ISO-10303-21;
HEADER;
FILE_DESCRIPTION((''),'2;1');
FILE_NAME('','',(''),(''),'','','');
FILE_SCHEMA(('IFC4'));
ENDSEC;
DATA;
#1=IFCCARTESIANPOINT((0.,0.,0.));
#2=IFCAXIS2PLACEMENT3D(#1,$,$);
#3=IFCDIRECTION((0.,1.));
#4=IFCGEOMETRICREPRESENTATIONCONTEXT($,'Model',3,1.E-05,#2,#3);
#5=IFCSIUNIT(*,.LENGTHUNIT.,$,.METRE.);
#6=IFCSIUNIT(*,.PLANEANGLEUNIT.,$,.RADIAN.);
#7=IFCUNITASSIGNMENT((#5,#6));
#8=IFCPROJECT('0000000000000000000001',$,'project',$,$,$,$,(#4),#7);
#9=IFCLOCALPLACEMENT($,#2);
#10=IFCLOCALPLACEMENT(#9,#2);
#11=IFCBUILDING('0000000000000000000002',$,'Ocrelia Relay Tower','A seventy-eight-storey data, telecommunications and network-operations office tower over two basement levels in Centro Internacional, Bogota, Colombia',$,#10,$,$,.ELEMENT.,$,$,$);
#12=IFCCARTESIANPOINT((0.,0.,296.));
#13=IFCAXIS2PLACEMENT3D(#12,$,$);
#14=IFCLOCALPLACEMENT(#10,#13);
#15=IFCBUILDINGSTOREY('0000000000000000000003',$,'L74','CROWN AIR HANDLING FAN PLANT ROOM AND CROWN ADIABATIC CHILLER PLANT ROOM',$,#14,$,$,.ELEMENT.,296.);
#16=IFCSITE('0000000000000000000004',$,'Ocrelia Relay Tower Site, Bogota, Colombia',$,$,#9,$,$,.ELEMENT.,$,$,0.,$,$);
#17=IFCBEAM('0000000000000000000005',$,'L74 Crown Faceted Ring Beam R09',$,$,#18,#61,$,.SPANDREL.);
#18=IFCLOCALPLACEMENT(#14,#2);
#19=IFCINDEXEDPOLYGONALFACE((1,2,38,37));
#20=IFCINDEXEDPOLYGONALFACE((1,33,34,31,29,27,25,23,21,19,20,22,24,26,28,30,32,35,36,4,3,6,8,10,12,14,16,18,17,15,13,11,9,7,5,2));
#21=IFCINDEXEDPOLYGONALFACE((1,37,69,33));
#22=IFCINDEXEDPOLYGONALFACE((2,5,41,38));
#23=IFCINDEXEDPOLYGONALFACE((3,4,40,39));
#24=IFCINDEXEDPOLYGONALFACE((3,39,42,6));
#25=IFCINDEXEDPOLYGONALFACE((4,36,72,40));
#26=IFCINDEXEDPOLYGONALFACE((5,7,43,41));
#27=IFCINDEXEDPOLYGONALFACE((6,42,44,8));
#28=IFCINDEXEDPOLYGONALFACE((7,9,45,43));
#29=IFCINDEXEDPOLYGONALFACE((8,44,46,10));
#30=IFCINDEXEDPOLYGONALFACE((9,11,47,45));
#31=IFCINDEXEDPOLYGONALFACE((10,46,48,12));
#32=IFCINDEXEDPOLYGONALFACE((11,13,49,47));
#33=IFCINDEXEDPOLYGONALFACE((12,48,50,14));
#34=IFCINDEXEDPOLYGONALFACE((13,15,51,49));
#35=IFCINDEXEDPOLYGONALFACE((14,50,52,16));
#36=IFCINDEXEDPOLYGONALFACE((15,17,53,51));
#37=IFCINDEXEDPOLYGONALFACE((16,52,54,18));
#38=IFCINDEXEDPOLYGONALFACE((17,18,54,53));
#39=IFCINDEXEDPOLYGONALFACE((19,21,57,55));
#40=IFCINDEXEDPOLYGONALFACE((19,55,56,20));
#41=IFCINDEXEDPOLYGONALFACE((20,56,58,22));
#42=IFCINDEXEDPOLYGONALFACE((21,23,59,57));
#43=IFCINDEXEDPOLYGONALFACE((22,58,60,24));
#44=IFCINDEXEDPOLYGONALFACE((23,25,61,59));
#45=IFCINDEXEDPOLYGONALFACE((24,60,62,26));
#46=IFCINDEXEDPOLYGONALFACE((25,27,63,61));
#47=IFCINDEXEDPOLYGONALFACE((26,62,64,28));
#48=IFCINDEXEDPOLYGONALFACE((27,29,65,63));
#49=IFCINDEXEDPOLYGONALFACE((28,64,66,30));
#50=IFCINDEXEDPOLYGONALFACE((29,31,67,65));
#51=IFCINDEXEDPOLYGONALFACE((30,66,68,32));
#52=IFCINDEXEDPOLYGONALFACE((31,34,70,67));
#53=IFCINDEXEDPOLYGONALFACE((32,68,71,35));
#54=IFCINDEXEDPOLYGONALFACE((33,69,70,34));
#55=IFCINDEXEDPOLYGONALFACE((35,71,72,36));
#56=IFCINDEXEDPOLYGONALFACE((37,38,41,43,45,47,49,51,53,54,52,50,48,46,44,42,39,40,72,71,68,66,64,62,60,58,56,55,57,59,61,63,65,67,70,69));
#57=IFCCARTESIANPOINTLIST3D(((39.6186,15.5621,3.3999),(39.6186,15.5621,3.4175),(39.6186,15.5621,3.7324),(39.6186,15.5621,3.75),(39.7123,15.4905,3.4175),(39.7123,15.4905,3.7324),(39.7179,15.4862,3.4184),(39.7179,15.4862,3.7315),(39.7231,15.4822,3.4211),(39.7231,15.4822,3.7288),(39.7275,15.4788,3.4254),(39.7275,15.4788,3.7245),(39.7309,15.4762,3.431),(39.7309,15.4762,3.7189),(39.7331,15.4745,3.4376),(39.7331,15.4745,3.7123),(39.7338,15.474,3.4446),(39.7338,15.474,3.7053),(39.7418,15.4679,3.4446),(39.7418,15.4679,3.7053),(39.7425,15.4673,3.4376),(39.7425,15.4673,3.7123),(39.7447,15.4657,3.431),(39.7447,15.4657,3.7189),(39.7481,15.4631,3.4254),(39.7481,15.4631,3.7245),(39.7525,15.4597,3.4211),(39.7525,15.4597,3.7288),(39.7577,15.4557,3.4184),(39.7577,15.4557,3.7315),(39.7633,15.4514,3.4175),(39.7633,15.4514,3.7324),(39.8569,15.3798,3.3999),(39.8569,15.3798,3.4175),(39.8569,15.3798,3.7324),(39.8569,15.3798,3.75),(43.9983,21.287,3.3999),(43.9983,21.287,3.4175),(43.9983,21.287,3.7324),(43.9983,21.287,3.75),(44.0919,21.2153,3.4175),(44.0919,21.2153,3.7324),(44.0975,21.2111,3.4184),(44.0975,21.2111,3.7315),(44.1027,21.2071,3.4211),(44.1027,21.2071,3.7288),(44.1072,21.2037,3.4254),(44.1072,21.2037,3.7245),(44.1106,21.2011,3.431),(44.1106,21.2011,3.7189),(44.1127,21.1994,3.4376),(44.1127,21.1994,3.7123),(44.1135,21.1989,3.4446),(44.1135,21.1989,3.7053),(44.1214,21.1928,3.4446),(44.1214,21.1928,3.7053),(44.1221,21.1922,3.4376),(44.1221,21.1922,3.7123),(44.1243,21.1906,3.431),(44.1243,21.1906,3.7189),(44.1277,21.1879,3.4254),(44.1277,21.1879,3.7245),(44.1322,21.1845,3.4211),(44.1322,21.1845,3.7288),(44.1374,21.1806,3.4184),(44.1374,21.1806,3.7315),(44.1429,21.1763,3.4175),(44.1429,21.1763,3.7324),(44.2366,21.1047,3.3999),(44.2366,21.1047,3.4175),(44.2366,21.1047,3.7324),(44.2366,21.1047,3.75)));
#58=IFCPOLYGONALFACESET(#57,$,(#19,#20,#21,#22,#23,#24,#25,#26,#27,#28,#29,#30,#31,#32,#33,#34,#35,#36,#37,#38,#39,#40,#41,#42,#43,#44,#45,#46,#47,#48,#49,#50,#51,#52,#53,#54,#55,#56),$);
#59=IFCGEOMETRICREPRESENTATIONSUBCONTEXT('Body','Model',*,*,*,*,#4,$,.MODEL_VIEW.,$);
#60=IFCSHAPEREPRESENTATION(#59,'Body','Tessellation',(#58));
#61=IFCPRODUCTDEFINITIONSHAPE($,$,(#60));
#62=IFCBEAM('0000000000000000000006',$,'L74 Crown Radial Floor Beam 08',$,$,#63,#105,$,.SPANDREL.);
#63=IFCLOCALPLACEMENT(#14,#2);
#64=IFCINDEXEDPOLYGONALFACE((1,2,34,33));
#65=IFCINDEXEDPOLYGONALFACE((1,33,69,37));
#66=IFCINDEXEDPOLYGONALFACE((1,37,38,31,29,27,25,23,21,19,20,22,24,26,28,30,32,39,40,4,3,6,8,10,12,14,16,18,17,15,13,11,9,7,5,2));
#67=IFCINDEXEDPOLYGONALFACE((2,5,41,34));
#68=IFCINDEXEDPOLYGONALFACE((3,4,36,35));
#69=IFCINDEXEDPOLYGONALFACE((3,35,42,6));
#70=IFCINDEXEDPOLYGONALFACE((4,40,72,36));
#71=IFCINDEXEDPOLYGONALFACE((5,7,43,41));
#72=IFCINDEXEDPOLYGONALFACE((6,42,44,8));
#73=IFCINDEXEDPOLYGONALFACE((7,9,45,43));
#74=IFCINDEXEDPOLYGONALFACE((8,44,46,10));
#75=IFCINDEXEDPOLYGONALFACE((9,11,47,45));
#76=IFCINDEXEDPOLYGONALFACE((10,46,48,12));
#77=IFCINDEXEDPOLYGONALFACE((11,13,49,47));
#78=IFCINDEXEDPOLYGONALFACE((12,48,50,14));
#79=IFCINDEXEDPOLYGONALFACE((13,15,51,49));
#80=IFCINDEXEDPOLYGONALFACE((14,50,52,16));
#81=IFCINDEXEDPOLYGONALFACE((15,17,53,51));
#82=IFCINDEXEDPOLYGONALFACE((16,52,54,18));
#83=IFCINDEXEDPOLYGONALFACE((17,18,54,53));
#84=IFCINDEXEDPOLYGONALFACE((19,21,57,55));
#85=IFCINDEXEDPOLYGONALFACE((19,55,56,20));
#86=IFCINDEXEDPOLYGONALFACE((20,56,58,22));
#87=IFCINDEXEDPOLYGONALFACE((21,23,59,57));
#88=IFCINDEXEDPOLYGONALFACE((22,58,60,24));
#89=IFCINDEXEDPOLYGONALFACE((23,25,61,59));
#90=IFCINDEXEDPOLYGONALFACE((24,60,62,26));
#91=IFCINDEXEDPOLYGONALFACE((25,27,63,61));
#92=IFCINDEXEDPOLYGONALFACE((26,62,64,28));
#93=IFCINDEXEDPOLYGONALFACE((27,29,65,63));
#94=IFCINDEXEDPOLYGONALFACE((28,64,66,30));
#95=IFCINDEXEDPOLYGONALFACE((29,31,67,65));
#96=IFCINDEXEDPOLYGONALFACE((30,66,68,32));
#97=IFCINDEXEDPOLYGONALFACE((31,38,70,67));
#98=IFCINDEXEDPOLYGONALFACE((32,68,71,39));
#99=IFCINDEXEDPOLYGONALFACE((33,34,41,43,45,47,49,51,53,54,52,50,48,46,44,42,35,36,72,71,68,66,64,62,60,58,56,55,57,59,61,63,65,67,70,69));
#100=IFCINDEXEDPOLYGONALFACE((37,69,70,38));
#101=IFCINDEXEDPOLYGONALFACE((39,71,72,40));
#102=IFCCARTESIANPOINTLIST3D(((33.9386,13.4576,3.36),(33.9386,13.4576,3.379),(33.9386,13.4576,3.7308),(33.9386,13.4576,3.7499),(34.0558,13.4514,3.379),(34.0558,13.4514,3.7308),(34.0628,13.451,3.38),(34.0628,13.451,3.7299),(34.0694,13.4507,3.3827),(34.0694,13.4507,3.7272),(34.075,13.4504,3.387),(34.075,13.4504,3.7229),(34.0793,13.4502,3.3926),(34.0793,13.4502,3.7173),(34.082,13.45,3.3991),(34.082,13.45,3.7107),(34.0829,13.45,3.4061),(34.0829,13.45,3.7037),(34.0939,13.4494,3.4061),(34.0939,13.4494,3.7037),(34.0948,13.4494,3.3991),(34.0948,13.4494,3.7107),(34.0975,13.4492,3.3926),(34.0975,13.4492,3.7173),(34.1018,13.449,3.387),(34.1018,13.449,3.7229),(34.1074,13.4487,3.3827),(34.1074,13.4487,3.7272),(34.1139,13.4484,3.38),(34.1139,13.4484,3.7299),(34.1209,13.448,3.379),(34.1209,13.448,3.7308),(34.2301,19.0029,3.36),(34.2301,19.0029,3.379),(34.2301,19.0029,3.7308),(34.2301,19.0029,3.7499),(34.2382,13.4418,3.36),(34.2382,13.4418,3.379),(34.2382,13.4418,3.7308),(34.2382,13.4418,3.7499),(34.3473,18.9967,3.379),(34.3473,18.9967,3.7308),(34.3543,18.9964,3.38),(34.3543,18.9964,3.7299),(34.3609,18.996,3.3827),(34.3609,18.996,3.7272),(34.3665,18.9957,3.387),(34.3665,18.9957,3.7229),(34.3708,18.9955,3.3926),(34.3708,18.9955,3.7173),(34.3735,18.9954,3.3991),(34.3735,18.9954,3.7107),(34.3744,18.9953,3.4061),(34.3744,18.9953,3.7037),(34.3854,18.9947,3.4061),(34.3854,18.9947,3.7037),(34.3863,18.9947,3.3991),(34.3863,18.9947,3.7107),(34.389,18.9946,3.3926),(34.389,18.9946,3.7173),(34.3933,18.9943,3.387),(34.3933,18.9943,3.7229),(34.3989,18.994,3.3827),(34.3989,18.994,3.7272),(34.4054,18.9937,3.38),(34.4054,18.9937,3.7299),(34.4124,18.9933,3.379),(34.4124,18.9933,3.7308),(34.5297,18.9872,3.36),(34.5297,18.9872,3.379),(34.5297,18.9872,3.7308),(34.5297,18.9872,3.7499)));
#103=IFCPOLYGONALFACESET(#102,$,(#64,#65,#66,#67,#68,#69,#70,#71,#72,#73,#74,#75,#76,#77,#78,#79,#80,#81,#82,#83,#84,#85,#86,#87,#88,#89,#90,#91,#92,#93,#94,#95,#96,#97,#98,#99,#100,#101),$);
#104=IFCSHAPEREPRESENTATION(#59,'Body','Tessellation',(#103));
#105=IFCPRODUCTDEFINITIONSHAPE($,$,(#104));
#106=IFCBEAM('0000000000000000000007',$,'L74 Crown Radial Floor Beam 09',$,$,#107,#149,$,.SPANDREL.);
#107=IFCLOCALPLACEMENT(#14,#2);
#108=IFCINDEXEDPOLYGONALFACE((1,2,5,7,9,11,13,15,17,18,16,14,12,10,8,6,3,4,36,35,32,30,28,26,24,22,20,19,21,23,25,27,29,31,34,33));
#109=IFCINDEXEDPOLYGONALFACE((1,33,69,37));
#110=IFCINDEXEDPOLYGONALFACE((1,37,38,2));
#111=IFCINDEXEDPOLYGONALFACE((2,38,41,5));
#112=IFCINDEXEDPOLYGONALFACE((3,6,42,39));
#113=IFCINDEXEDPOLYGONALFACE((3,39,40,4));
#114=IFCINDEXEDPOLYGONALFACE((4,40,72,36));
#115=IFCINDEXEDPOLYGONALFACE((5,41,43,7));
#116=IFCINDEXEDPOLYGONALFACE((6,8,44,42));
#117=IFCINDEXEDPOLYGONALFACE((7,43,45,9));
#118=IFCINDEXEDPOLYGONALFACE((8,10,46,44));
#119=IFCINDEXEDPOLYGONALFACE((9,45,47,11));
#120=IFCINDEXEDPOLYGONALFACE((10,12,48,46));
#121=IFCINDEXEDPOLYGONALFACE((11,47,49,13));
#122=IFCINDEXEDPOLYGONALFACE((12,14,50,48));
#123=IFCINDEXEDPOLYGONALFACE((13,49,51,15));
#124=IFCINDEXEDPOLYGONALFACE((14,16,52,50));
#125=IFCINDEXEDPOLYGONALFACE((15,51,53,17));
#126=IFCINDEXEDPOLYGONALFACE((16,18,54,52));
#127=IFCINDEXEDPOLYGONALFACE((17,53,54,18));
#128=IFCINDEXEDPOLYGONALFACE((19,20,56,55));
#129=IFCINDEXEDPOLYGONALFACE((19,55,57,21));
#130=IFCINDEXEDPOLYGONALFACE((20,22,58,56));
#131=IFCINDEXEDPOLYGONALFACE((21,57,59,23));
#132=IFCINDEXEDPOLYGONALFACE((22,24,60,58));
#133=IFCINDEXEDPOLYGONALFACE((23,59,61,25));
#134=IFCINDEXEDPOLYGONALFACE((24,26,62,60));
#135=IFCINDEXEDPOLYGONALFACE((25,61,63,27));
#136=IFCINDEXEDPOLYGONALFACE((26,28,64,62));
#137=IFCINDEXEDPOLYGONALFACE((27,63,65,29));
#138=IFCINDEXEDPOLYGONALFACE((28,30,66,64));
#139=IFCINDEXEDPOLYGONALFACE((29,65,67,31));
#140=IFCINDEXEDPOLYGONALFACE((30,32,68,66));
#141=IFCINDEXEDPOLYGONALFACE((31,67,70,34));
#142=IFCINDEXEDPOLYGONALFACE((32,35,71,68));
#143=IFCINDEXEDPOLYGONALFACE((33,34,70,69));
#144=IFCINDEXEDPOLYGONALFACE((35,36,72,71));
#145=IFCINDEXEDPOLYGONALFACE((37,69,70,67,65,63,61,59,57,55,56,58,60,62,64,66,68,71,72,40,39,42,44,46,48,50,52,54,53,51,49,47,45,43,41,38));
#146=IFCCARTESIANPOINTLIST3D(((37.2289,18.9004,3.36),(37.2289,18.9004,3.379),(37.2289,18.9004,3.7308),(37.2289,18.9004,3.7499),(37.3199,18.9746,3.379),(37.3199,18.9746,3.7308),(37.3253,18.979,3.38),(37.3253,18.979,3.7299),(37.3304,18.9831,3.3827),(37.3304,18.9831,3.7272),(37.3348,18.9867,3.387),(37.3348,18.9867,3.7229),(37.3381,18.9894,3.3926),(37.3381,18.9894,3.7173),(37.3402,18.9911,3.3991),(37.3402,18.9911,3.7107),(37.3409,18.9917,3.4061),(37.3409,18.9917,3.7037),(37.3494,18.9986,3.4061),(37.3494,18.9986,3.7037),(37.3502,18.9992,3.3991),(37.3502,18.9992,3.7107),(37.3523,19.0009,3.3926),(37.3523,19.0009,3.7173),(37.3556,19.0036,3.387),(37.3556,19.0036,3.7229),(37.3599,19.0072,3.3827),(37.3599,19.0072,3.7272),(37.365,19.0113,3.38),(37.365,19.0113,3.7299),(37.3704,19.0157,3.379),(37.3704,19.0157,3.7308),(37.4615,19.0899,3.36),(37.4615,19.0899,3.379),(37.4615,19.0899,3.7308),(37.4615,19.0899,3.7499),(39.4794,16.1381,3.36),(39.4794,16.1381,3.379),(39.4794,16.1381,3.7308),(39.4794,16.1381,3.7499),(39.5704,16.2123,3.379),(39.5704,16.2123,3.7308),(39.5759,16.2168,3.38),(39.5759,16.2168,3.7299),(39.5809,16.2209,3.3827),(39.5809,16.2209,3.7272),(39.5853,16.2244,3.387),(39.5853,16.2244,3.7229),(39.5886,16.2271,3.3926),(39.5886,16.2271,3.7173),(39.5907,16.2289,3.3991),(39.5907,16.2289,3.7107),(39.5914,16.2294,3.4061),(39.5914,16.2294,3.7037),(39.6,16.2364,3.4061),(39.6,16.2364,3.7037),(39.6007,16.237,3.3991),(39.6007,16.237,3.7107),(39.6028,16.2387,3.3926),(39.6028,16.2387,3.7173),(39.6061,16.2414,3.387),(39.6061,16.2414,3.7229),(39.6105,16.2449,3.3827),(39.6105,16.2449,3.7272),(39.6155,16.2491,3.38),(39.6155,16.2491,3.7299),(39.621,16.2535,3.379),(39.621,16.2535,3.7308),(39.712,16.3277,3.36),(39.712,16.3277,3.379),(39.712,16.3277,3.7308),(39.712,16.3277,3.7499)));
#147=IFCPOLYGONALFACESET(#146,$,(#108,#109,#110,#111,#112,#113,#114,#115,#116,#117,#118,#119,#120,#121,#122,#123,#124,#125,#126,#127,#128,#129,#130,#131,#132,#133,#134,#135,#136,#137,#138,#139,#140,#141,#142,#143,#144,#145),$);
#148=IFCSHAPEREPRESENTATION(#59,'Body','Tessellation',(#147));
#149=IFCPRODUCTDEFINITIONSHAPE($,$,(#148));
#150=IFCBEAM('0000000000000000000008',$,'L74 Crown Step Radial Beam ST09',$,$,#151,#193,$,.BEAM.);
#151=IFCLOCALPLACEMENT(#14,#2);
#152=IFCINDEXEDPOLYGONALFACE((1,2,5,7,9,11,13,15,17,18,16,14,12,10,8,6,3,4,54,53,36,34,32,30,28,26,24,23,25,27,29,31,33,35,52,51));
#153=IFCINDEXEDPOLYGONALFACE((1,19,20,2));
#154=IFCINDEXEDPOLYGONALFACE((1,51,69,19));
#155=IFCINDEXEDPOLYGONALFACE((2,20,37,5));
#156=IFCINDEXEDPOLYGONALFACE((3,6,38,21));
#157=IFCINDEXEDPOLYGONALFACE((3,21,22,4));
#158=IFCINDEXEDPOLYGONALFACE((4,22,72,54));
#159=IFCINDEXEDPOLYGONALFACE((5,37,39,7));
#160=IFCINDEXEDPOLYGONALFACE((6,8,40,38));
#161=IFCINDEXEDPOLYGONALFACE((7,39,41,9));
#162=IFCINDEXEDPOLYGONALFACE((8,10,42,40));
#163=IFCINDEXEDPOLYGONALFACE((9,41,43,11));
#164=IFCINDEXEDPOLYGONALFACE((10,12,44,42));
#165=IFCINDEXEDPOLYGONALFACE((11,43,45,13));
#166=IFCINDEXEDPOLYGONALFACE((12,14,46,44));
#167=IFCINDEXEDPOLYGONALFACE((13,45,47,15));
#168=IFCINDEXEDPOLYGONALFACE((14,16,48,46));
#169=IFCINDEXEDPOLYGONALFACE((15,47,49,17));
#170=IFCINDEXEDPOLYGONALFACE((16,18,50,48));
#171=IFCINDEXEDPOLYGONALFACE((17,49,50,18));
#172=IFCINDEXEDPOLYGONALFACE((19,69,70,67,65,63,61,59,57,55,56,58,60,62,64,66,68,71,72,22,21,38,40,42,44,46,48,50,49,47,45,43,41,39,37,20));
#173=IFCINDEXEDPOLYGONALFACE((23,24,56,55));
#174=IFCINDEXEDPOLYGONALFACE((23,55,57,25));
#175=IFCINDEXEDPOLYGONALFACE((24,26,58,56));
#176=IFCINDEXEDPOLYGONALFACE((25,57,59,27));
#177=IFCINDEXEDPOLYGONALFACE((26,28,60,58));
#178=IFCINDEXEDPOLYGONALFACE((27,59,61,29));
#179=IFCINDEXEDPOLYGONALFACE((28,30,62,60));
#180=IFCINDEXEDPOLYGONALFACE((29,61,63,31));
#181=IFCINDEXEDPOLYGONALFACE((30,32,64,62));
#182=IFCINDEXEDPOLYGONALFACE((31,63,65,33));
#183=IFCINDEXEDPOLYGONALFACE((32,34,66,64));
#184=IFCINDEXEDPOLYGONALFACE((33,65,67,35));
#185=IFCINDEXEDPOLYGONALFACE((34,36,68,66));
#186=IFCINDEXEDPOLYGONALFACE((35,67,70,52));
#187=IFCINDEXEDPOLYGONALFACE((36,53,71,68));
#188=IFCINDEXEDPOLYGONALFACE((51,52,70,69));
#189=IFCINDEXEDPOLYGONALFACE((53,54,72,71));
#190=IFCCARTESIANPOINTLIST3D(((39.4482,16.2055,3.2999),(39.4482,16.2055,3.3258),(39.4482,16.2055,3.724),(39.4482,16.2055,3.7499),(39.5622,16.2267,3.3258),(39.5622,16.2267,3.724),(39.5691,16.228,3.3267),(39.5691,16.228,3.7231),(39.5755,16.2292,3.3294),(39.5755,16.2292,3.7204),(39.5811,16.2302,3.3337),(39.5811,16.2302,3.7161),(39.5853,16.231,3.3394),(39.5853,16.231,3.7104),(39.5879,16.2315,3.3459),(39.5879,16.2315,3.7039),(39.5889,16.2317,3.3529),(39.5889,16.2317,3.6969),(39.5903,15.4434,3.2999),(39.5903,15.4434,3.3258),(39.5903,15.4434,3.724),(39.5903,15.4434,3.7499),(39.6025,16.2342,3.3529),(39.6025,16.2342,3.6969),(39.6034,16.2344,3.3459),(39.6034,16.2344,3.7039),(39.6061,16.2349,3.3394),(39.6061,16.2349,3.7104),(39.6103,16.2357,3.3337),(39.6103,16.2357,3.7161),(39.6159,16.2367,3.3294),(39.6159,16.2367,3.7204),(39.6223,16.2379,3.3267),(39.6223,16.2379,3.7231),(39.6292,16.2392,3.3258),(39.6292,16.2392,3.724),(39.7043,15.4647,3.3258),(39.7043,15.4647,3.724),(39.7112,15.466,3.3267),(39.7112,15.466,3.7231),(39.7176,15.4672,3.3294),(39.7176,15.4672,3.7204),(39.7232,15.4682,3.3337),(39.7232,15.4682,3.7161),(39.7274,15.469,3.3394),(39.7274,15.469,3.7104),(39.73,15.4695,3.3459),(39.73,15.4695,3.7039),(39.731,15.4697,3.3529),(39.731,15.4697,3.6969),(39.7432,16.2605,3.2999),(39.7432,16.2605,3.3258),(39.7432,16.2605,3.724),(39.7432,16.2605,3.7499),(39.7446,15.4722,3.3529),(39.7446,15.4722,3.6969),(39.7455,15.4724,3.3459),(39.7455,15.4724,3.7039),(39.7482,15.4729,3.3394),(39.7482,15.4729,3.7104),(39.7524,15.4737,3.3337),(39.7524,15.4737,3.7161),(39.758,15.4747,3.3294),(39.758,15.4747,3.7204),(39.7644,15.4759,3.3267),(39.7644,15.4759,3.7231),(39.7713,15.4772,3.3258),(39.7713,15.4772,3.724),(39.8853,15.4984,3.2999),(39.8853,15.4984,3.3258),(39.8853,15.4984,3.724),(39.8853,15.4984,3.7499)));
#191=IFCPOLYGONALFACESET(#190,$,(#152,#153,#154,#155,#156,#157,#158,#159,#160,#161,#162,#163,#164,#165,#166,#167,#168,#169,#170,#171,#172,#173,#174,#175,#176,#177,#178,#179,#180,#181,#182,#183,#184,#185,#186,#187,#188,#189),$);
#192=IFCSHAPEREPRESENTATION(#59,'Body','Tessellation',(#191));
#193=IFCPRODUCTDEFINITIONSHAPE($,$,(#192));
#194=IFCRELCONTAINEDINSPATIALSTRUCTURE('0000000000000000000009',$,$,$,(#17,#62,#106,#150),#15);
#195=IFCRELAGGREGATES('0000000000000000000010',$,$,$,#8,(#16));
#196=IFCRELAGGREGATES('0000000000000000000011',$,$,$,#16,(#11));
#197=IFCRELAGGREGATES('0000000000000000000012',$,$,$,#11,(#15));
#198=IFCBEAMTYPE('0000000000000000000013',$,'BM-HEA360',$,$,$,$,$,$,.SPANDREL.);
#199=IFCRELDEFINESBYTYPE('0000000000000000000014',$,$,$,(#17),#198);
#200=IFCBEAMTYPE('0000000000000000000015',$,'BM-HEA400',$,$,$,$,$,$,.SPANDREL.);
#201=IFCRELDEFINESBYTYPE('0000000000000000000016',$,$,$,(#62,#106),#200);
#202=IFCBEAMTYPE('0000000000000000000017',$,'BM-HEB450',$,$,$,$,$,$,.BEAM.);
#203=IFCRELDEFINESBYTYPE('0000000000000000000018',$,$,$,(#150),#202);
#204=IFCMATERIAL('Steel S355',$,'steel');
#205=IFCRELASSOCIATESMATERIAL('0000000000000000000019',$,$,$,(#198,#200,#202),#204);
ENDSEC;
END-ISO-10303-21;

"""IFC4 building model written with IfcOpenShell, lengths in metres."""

from ifc_helpers import new_model, si_unit, direction, frame, origin, origin_2d, place, context, subcontext, project, spatial, i_section, extrude, material, material_profile, profile_set, type_object, element, save


model = new_model("IFC4")

# Units and contexts
model_context = context("Model", 3, precision=1e-05, world=origin(), true_north=direction((0.0, 1.0)))
body_context = subcontext(model_context, "Body", "Model", "MODEL_VIEW")
ifc_project = project(units=[si_unit("LENGTHUNIT", "METRE"), si_unit("PLANEANGLEUNIT", "RADIAN")], contexts=[model_context])

# Site, building, storey
site_placement = place(None, origin())
site = spatial("IfcSite", under=ifc_project, at=site_placement, Name="Ocrelia Relay Tower Site, Bogota, Colombia", CompositionType="ELEMENT", RefElevation=0.0)
building_placement = place(site_placement, origin())
building = spatial("IfcBuilding", under=site, at=building_placement, Name="Ocrelia Relay Tower", Description="A seventy-eight-storey data, telecommunications and network-operations office tower over two basement levels in Centro Internacional, Bogota, Colombia", CompositionType="ELEMENT")
storey_placement = place(building_placement, frame((0.0, 0.0, 296.0)))
storey = spatial("IfcBuildingStorey", under=building, at=storey_placement, Name="L74", Description="CROWN AIR HANDLING FAN PLANT ROOM AND CROWN ADIABATIC CHILLER PLANT ROOM", CompositionType="ELEMENT", Elevation=296.0)

# Beams
ifc_material_1 = material(Name="Steel S355", Category="steel")
ifc_material_profile_1 = material_profile(ifc_material_1, i_section(OverallWidth=0.3, OverallDepth=0.3501, WebThickness=0.01, FlangeThickness=0.0176, FilletRadius=0.0271, at=origin_2d()), Name="HEA 360")
ifc_profile_set_1 = profile_set([ifc_material_profile_1], Name="Steel S355")
beam_type_1 = type_object("IfcBeamType", Name="BM-HEA360", PredefinedType="SPANDREL", material=ifc_profile_set_1)
beam_1_placement = place(storey_placement, frame((39.7378, 15.4709, 3.575), z_axis=(0.607609, 0.794237, 0.0), x_axis=(-0.794237, 0.607609, 0.0)))
element("IfcBeam", 1, at=beam_1_placement, inside=storey, type_object=beam_type_1, Name="L74 Crown Faceted Ring Beam R09", PredefinedType="SPANDREL", context=body_context, shape_type="SweptSolid", body=[
    extrude(i_section(OverallWidth=0.3, OverallDepth=0.3501, WebThickness=0.01, FlangeThickness=0.0176, FilletRadius=0.0271, at=origin_2d()), origin(), (0.0, 0.0, 1.0), 7.208),
])
ifc_material_profile_2 = material_profile(ifc_material_1, i_section(OverallWidth=0.3, OverallDepth=0.3899, WebThickness=0.011, FlangeThickness=0.019, FilletRadius=0.0271, at=origin_2d()), Name="HEA 400")
ifc_profile_set_2 = profile_set([ifc_material_profile_2], Name="Steel S355")
beam_type_2 = type_object("IfcBeamType", Name="BM-HEA400", PredefinedType="SPANDREL", material=ifc_profile_set_2)
beam_2_placement = place(storey_placement, frame((34.0884, 13.4497, 3.5549), z_axis=(0.052494, 0.998621, 0.0), x_axis=(-0.998621, 0.052494, 0.0)))
element("IfcBeam", 2, at=beam_2_placement, inside=storey, type_object=beam_type_2, Name="L74 Crown Radial Floor Beam 08", PredefinedType="SPANDREL", context=body_context, shape_type="SweptSolid", body=[
    extrude(i_section(OverallWidth=0.3, OverallDepth=0.3899, WebThickness=0.011, FlangeThickness=0.019, FilletRadius=0.0271, at=origin_2d()), origin(), (0.0, 0.0, 1.0), 5.553),
])
beam_3_placement = place(storey_placement, frame((39.5957, 16.2329, 3.5549), z_axis=(-0.631639, 0.775262, 0.0), x_axis=(-0.775262, -0.631639, 0.0)))
element("IfcBeam", 3, at=beam_3_placement, inside=storey, type_object=beam_type_2, Name="L74 Crown Radial Floor Beam 09", PredefinedType="SPANDREL", context=body_context, shape_type="SweptSolid", body=[
    extrude(i_section(OverallWidth=0.3, OverallDepth=0.3899, WebThickness=0.011, FlangeThickness=0.019, FilletRadius=0.0271, at=origin_2d()), origin(), (0.0, 0.0, 1.0), 3.563),
])
ifc_material_profile_3 = material_profile(ifc_material_1, i_section(OverallWidth=0.3, OverallDepth=0.45, WebThickness=0.0139, FlangeThickness=0.0259, FilletRadius=0.0271, at=origin_2d()), Name="HEB 450")
ifc_profile_set_3 = profile_set([ifc_material_profile_3], Name="Steel S355")
beam_type_3 = type_object("IfcBeamType", Name="BM-HEB450", PredefinedType="BEAM", material=ifc_profile_set_3)
beam_4_placement = place(storey_placement, frame((39.7378, 15.4709, 3.5249), z_axis=(-0.183319, 0.983054, 0.0), x_axis=(-0.983054, -0.183319, 0.0)))
element("IfcBeam", 4, at=beam_4_placement, inside=storey, type_object=beam_type_3, Name="L74 Crown Step Radial Beam ST09", PredefinedType="BEAM", context=body_context, shape_type="SweptSolid", body=[
    extrude(i_section(OverallWidth=0.3, OverallDepth=0.45, WebThickness=0.0139, FlangeThickness=0.0259, FilletRadius=0.0271, at=origin_2d()), origin(), (0.0, 0.0, 1.0), 0.7751),
])

save(model, "model.ifc")
